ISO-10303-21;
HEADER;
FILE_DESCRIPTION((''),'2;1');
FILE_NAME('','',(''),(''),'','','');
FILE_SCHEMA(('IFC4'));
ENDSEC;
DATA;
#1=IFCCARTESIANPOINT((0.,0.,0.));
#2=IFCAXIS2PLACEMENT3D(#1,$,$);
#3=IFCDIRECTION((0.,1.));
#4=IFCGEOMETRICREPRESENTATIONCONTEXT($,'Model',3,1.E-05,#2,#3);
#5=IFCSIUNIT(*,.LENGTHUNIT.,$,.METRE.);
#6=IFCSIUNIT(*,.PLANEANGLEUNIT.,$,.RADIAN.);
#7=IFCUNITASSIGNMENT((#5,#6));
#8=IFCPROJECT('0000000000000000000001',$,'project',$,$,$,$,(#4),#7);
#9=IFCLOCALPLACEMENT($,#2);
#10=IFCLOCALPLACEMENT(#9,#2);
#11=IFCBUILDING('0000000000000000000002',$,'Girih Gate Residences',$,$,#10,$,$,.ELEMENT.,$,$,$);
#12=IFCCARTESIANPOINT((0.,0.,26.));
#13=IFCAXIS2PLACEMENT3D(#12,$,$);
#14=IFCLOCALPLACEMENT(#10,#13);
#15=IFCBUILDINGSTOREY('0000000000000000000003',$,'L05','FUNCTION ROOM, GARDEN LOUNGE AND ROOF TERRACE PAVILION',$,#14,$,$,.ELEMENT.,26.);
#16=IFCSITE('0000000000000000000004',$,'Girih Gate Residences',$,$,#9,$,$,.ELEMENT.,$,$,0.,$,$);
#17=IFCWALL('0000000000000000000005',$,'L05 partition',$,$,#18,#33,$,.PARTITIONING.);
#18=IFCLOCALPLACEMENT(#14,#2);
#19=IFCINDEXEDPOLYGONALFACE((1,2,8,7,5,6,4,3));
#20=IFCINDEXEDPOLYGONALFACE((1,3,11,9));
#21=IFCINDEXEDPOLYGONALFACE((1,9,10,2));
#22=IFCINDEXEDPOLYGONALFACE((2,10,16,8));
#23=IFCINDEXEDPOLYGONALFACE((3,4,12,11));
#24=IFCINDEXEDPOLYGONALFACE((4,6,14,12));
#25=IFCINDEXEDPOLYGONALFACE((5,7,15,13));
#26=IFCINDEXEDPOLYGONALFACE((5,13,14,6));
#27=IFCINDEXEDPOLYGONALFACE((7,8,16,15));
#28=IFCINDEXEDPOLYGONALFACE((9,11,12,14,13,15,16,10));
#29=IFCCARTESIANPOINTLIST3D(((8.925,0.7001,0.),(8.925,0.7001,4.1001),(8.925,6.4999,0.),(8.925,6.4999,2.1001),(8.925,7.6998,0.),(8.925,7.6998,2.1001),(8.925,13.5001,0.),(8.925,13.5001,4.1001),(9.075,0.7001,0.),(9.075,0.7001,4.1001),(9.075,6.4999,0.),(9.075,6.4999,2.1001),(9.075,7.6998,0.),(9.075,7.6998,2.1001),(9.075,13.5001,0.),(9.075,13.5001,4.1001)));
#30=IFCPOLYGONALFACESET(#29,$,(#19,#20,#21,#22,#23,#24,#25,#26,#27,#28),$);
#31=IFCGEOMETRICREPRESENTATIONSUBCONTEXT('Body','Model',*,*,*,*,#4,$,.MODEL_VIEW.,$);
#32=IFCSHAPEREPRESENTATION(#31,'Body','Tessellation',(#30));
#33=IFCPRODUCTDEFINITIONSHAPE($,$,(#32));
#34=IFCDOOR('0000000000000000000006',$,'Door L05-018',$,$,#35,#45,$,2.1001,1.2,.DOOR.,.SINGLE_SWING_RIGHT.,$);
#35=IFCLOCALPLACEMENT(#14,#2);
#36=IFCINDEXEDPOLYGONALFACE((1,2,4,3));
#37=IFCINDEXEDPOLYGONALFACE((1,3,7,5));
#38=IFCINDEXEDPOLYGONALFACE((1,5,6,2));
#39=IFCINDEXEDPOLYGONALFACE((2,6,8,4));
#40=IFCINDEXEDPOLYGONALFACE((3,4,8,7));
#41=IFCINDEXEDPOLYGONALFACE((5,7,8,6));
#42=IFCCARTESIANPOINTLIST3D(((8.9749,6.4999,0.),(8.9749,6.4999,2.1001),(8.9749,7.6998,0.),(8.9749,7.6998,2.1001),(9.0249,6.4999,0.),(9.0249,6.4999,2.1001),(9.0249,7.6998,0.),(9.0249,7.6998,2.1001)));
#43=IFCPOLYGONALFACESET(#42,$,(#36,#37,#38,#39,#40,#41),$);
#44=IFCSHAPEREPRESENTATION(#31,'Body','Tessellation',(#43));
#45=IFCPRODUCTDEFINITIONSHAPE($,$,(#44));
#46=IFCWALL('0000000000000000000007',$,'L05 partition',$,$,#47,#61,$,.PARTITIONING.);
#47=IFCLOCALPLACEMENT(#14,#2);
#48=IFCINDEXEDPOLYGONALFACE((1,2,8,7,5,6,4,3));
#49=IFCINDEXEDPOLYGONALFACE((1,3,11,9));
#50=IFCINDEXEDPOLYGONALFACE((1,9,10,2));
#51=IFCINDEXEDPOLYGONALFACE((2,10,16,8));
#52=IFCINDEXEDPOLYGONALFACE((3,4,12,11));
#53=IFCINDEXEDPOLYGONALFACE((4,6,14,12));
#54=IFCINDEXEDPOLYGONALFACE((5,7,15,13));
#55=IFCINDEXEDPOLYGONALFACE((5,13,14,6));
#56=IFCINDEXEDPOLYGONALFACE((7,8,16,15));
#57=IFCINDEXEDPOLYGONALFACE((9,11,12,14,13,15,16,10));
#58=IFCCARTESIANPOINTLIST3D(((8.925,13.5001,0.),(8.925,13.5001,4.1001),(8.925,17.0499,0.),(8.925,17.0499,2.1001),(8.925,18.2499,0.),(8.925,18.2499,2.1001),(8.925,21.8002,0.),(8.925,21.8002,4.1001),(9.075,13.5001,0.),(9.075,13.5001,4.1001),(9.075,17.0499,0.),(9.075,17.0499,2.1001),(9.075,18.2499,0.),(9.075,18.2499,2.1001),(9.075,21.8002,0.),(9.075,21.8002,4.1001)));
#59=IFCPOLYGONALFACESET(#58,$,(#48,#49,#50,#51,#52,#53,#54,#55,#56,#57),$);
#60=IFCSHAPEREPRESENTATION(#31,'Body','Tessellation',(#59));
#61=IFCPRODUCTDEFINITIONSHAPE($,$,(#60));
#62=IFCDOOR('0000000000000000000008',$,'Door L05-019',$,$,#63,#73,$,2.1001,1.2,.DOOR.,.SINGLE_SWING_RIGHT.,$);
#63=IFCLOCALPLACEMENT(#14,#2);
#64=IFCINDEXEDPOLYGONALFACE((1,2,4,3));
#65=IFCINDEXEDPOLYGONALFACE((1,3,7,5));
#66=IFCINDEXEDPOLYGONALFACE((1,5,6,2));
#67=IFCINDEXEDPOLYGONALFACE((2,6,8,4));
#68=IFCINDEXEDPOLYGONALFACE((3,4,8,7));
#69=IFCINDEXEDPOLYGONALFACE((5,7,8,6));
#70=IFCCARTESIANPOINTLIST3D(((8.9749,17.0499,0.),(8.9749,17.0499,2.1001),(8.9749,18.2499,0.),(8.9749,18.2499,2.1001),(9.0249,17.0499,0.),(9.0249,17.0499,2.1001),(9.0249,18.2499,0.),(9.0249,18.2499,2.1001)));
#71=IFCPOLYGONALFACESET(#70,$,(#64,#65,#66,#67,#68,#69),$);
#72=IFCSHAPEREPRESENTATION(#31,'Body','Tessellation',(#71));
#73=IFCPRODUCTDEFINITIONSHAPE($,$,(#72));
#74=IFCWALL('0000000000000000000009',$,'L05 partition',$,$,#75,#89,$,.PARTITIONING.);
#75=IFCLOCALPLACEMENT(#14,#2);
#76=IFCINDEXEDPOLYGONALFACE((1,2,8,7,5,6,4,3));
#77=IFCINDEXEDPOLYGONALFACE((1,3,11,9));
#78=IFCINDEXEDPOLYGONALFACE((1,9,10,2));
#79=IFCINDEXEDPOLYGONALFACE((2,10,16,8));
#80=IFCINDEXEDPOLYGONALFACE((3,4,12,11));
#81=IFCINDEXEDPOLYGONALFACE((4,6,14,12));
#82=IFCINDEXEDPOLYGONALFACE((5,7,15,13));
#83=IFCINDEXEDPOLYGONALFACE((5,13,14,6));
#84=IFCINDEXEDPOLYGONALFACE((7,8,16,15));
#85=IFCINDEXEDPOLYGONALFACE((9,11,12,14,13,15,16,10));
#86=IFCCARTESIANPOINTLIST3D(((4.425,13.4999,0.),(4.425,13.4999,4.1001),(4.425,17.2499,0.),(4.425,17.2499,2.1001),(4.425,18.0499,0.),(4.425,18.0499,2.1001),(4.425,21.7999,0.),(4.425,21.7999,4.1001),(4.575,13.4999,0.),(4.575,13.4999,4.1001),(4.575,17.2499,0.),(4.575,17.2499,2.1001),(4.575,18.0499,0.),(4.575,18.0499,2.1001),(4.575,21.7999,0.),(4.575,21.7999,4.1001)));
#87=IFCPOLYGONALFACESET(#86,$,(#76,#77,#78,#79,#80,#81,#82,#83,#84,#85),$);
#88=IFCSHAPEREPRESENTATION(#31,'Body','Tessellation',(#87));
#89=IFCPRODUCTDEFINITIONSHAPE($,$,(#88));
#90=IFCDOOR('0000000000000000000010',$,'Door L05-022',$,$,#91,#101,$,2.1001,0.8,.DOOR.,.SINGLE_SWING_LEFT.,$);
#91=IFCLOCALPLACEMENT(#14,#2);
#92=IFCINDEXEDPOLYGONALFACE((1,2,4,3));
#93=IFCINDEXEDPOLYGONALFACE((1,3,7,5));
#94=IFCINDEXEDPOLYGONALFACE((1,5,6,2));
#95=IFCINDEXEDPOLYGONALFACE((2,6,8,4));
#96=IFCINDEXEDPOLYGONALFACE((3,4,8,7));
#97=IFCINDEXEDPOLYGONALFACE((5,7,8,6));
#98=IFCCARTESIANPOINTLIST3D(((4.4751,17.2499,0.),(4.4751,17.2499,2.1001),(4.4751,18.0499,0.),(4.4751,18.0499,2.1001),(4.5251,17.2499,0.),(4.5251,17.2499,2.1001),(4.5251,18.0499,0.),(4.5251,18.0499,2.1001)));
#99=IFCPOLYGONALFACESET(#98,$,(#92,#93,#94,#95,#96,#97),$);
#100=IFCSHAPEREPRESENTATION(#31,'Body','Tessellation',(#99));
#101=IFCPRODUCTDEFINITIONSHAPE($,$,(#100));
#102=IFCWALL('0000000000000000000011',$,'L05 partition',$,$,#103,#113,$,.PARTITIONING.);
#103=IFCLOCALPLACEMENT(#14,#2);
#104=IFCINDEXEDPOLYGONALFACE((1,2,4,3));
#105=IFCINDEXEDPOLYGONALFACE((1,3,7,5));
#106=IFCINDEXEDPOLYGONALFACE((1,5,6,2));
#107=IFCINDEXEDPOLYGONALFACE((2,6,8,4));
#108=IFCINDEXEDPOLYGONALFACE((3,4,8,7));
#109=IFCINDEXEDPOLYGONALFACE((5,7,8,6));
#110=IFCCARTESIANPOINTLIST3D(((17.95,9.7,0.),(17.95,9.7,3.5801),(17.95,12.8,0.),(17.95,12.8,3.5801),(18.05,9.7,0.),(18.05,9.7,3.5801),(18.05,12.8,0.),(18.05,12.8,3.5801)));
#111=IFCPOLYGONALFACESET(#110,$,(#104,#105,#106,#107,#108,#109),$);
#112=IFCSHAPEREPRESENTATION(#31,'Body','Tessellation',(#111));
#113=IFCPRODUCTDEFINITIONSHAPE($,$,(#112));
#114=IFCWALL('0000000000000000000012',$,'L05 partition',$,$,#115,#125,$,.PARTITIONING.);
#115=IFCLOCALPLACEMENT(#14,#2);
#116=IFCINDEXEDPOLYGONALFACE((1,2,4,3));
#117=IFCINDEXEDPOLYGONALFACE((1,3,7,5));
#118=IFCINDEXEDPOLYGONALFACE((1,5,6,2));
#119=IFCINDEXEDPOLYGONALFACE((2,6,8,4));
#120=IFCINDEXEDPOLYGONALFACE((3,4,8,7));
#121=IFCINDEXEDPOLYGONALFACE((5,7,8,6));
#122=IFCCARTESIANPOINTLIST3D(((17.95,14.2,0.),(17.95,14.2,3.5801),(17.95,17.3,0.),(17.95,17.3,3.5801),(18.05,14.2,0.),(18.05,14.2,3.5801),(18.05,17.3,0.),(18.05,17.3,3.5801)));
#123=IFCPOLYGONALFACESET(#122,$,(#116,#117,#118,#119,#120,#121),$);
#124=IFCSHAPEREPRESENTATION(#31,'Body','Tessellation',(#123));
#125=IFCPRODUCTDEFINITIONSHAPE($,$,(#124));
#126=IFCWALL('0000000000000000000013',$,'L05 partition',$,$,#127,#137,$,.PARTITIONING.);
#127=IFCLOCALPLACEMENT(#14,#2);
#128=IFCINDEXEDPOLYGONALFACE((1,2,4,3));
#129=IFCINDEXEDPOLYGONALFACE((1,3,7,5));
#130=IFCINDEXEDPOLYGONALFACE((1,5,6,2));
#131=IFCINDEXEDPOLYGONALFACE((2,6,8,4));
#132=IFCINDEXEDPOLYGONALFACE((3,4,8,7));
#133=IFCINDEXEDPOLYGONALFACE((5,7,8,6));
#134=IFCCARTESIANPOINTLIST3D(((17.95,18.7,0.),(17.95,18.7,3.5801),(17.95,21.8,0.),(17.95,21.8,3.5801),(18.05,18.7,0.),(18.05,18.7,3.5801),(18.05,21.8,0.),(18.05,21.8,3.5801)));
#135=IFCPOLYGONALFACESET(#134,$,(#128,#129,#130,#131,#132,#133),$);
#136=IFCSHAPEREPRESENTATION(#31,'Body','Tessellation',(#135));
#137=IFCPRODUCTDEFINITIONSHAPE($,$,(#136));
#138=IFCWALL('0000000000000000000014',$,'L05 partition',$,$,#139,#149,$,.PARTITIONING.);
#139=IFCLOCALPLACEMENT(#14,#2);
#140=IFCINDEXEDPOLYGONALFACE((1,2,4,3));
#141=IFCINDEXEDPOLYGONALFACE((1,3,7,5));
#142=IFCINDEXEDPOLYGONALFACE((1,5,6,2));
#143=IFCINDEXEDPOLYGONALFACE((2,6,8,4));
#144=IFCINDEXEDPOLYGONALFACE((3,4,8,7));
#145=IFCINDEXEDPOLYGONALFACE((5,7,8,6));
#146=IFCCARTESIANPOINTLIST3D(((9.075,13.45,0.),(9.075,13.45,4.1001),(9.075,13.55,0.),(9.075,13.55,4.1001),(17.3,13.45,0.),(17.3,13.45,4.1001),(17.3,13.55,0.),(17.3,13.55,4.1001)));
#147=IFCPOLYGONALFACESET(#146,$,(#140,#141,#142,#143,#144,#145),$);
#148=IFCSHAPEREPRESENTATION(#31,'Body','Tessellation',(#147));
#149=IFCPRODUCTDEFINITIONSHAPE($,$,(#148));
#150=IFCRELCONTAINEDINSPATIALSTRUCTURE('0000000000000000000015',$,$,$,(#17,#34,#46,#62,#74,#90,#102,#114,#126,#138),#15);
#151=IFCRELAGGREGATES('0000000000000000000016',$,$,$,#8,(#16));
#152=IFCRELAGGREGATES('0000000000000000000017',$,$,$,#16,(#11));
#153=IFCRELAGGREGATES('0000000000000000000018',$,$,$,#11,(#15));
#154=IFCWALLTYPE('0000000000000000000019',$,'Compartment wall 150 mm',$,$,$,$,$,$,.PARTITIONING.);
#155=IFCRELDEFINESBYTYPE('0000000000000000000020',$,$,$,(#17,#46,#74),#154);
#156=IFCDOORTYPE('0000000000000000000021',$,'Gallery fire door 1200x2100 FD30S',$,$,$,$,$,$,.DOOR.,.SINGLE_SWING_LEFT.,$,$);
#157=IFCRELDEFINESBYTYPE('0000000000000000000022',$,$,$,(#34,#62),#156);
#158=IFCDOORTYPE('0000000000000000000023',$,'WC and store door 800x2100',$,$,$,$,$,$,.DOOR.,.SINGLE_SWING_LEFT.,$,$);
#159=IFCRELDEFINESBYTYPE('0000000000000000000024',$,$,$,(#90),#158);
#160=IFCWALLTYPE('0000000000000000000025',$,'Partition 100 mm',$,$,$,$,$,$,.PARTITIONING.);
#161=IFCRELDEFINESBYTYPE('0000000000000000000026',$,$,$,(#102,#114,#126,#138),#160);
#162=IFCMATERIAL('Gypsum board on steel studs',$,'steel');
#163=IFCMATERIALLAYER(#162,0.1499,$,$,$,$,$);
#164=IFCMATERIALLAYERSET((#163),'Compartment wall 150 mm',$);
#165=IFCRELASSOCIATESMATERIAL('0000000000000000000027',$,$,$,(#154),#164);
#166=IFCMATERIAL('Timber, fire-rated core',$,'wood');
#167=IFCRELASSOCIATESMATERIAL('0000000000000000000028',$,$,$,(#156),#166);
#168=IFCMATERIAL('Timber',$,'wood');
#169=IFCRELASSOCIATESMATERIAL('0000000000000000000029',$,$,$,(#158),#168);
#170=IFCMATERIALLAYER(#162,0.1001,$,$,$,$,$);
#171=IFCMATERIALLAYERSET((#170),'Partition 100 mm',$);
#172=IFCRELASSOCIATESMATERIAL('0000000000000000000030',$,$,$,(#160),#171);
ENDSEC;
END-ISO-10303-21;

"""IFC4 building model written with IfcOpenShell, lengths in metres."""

from ifc_helpers import new_model, si_unit, direction, frame, frame_2d, origin, place, context, subcontext, project, spatial, rectangle, extrude, material, layer, layer_set, type_object, element, fill, save


model = new_model("IFC4")

# Units and contexts
model_context = context("Model", 3, precision=1e-05, world=origin(), true_north=direction((0.0, 1.0)))
body_context = subcontext(model_context, "Body", "Model", "MODEL_VIEW")
ifc_project = project(units=[si_unit("LENGTHUNIT", "METRE"), si_unit("PLANEANGLEUNIT", "RADIAN")], contexts=[model_context])

# Site, building, storey
site_placement = place(None, origin())
site = spatial("IfcSite", under=ifc_project, at=site_placement, Name="Girih Gate Residences", CompositionType="ELEMENT", RefElevation=0.0)
building_placement = place(site_placement, origin())
building = spatial("IfcBuilding", under=site, at=building_placement, Name="Girih Gate Residences", CompositionType="ELEMENT")
storey_placement = place(building_placement, frame((0.0, 0.0, 26.0)))
storey = spatial("IfcBuildingStorey", under=building, at=storey_placement, Name="L05", Description="FUNCTION ROOM, GARDEN LOUNGE AND ROOF TERRACE PAVILION", CompositionType="ELEMENT", Elevation=26.0)

# Shared definitions
ifc_material_1 = material(Name="Gypsum board on steel studs", Category="steel")
ifc_layer_1 = layer(ifc_material_1, 0.1499)
ifc_layer_set_1 = layer_set([ifc_layer_1], Name="Compartment wall 150 mm")
wall_type_1 = type_object("IfcWallType", Name="Compartment wall 150 mm", PredefinedType="PARTITIONING", material=ifc_layer_set_1)
ifc_material_2 = material(Name="Timber, fire-rated core", Category="wood")

# Walls, openings, doors
wall_1_placement = place(storey_placement, frame((9.0, 13.5, 0.0), z_axis=(0.0, 0.0, 1.0), x_axis=(0.0, -1.0, 0.0)))
wall_1 = element("IfcWall", 1, at=wall_1_placement, inside=storey, type_object=wall_type_1, Name="L05 partition", PredefinedType="PARTITIONING", context=body_context, shape_type="SweptSolid", body=[
    extrude(rectangle(XDim=12.8, YDim=0.1499, at=frame_2d((6.3999, 0.0))), origin(), (0.0, 0.0, 1.0), 4.1001),
])
opening_1_placement = place(wall_1_placement, frame((5.8, 0.0, 0.0)))
opening_1 = element("IfcOpeningElement", 2, at=opening_1_placement, cuts=wall_1, PredefinedType="OPENING", context=body_context, shape_type="SweptSolid", body=[
    extrude(rectangle(XDim=1.2, YDim=2.1001, at=frame_2d((0.6001, 1.05))), frame((0.0, 0.085, 0.0), z_axis=(0.0, -1.0, 0.0), x_axis=(1.0, 0.0, 0.0)), (0.0, 0.0, 1.0), 0.1699),
])
door_type_1 = type_object("IfcDoorType", Name="Gallery fire door 1200x2100 FD30S", OperationType="SINGLE_SWING_LEFT", PredefinedType="DOOR", material=ifc_material_2)
door_1_placement = place(opening_1_placement, origin())
door_1 = element("IfcDoor", 3, at=door_1_placement, inside=storey, type_object=door_type_1, Name="Door L05-018", OperationType="SINGLE_SWING_RIGHT", OverallHeight=2.1001, OverallWidth=1.2, PredefinedType="DOOR", context=body_context, shape_type="SweptSolid", body=[
    extrude(rectangle(XDim=1.2, YDim=2.1001, at=frame_2d((0.6001, 1.05))), frame((0.0, 0.0249, 0.0), z_axis=(0.0, -1.0, 0.0), x_axis=(1.0, 0.0, 0.0)), (0.0, 0.0, 1.0), 0.05),
])
fill(opening_1, door_1)
wall_2_placement = place(storey_placement, frame((9.0, 21.8, 0.0), z_axis=(0.0, 0.0, 1.0), x_axis=(0.0, -1.0, 0.0)))
wall_2 = element("IfcWall", 4, at=wall_2_placement, inside=storey, type_object=wall_type_1, Name="L05 partition", PredefinedType="PARTITIONING", context=body_context, shape_type="SweptSolid", body=[
    extrude(rectangle(XDim=8.3, YDim=0.1499, at=frame_2d((4.1499, 0.0))), origin(), (0.0, 0.0, 1.0), 4.1001),
])
opening_2_placement = place(wall_2_placement, frame((3.55, 0.0, 0.0)))
opening_2 = element("IfcOpeningElement", 5, at=opening_2_placement, cuts=wall_2, PredefinedType="OPENING", context=body_context, shape_type="SweptSolid", body=[
    extrude(rectangle(XDim=1.2, YDim=2.1001, at=frame_2d((0.6001, 1.05))), frame((0.0, 0.085, 0.0), z_axis=(0.0, -1.0, 0.0), x_axis=(1.0, 0.0, 0.0)), (0.0, 0.0, 1.0), 0.1699),
])
door_2_placement = place(opening_2_placement, origin())
door_2 = element("IfcDoor", 6, at=door_2_placement, inside=storey, type_object=door_type_1, Name="Door L05-019", OperationType="SINGLE_SWING_RIGHT", OverallHeight=2.1001, OverallWidth=1.2, PredefinedType="DOOR", context=body_context, shape_type="SweptSolid", body=[
    extrude(rectangle(XDim=1.2, YDim=2.1001, at=frame_2d((0.6001, 1.05))), frame((0.0, 0.0249, 0.0), z_axis=(0.0, -1.0, 0.0), x_axis=(1.0, 0.0, 0.0)), (0.0, 0.0, 1.0), 0.05),
])
fill(opening_2, door_2)
wall_3_placement = place(storey_placement, frame((4.5, 13.5, 0.0), z_axis=(0.0, 0.0, 1.0), x_axis=(0.0, 1.0, 0.0)))
wall_3 = element("IfcWall", 7, at=wall_3_placement, inside=storey, type_object=wall_type_1, Name="L05 partition", PredefinedType="PARTITIONING", context=body_context, shape_type="SweptSolid", body=[
    extrude(rectangle(XDim=8.3, YDim=0.1499, at=frame_2d((4.1499, 0.0))), origin(), (0.0, 0.0, 1.0), 4.1001),
])
opening_3_placement = place(wall_3_placement, frame((3.75, 0.0, 0.0)))
opening_3 = element("IfcOpeningElement", 8, at=opening_3_placement, cuts=wall_3, PredefinedType="OPENING", context=body_context, shape_type="SweptSolid", body=[
    extrude(rectangle(XDim=0.8, YDim=2.1001, at=frame_2d((0.3999, 1.05))), frame((0.0, 0.085, 0.0), z_axis=(0.0, -1.0, 0.0), x_axis=(1.0, 0.0, 0.0)), (0.0, 0.0, 1.0), 0.1699),
])
ifc_material_3 = material(Name="Timber", Category="wood")
door_type_2 = type_object("IfcDoorType", Name="WC and store door 800x2100", OperationType="SINGLE_SWING_LEFT", PredefinedType="DOOR", material=ifc_material_3)
door_3_placement = place(opening_3_placement, origin())
door_3 = element("IfcDoor", 9, at=door_3_placement, inside=storey, type_object=door_type_2, Name="Door L05-022", OperationType="SINGLE_SWING_LEFT", OverallHeight=2.1001, OverallWidth=0.8, PredefinedType="DOOR", context=body_context, shape_type="SweptSolid", body=[
    extrude(rectangle(XDim=0.8, YDim=2.1001, at=frame_2d((0.3999, 1.05))), frame((0.0, 0.0249, 0.0), z_axis=(0.0, -1.0, 0.0), x_axis=(1.0, 0.0, 0.0)), (0.0, 0.0, 1.0), 0.05),
])
fill(opening_3, door_3)

# Walls
ifc_layer_2 = layer(ifc_material_1, 0.1001)
ifc_layer_set_2 = layer_set([ifc_layer_2], Name="Partition 100 mm")
wall_type_2 = type_object("IfcWallType", Name="Partition 100 mm", PredefinedType="PARTITIONING", material=ifc_layer_set_2)
for number, where, z_axis, x_axis, name in (
    (10, (18.0, 9.7, 0.0), (0.0, 0.0, 1.0), (0.0, 1.0, 0.0), "L05 partition"),
    (11, (18.0, 14.2, 0.0), (0.0, 0.0, 1.0), (0.0, 1.0, 0.0), "L05 partition"),
    (12, (18.0, 18.7, 0.0), (0.0, 0.0, 1.0), (0.0, 1.0, 0.0), "L05 partition"),
):
    element("IfcWall", number, at=place(storey_placement, frame(where, z_axis=z_axis, x_axis=x_axis)), inside=storey, type_object=wall_type_2, Name=name, PredefinedType="PARTITIONING", context=body_context, shape_type="SweptSolid", body=[
        extrude(rectangle(XDim=3.1001, YDim=0.1001, at=frame_2d((1.55, 0.0))), origin(), (0.0, 0.0, 1.0), 3.5801),
    ])
wall_4_placement = place(storey_placement, frame((9.075, 13.5, 0.0), z_axis=(0.0, 0.0, 1.0), x_axis=(1.0, 0.0, 0.0)))
element("IfcWall", 13, at=wall_4_placement, inside=storey, type_object=wall_type_2, Name="L05 partition", PredefinedType="PARTITIONING", context=body_context, shape_type="SweptSolid", body=[
    extrude(rectangle(XDim=8.2251, YDim=0.1001, at=frame_2d((4.1125, 0.0))), origin(), (0.0, 0.0, 1.0), 4.1001),
])

save(model, "model.ifc")
